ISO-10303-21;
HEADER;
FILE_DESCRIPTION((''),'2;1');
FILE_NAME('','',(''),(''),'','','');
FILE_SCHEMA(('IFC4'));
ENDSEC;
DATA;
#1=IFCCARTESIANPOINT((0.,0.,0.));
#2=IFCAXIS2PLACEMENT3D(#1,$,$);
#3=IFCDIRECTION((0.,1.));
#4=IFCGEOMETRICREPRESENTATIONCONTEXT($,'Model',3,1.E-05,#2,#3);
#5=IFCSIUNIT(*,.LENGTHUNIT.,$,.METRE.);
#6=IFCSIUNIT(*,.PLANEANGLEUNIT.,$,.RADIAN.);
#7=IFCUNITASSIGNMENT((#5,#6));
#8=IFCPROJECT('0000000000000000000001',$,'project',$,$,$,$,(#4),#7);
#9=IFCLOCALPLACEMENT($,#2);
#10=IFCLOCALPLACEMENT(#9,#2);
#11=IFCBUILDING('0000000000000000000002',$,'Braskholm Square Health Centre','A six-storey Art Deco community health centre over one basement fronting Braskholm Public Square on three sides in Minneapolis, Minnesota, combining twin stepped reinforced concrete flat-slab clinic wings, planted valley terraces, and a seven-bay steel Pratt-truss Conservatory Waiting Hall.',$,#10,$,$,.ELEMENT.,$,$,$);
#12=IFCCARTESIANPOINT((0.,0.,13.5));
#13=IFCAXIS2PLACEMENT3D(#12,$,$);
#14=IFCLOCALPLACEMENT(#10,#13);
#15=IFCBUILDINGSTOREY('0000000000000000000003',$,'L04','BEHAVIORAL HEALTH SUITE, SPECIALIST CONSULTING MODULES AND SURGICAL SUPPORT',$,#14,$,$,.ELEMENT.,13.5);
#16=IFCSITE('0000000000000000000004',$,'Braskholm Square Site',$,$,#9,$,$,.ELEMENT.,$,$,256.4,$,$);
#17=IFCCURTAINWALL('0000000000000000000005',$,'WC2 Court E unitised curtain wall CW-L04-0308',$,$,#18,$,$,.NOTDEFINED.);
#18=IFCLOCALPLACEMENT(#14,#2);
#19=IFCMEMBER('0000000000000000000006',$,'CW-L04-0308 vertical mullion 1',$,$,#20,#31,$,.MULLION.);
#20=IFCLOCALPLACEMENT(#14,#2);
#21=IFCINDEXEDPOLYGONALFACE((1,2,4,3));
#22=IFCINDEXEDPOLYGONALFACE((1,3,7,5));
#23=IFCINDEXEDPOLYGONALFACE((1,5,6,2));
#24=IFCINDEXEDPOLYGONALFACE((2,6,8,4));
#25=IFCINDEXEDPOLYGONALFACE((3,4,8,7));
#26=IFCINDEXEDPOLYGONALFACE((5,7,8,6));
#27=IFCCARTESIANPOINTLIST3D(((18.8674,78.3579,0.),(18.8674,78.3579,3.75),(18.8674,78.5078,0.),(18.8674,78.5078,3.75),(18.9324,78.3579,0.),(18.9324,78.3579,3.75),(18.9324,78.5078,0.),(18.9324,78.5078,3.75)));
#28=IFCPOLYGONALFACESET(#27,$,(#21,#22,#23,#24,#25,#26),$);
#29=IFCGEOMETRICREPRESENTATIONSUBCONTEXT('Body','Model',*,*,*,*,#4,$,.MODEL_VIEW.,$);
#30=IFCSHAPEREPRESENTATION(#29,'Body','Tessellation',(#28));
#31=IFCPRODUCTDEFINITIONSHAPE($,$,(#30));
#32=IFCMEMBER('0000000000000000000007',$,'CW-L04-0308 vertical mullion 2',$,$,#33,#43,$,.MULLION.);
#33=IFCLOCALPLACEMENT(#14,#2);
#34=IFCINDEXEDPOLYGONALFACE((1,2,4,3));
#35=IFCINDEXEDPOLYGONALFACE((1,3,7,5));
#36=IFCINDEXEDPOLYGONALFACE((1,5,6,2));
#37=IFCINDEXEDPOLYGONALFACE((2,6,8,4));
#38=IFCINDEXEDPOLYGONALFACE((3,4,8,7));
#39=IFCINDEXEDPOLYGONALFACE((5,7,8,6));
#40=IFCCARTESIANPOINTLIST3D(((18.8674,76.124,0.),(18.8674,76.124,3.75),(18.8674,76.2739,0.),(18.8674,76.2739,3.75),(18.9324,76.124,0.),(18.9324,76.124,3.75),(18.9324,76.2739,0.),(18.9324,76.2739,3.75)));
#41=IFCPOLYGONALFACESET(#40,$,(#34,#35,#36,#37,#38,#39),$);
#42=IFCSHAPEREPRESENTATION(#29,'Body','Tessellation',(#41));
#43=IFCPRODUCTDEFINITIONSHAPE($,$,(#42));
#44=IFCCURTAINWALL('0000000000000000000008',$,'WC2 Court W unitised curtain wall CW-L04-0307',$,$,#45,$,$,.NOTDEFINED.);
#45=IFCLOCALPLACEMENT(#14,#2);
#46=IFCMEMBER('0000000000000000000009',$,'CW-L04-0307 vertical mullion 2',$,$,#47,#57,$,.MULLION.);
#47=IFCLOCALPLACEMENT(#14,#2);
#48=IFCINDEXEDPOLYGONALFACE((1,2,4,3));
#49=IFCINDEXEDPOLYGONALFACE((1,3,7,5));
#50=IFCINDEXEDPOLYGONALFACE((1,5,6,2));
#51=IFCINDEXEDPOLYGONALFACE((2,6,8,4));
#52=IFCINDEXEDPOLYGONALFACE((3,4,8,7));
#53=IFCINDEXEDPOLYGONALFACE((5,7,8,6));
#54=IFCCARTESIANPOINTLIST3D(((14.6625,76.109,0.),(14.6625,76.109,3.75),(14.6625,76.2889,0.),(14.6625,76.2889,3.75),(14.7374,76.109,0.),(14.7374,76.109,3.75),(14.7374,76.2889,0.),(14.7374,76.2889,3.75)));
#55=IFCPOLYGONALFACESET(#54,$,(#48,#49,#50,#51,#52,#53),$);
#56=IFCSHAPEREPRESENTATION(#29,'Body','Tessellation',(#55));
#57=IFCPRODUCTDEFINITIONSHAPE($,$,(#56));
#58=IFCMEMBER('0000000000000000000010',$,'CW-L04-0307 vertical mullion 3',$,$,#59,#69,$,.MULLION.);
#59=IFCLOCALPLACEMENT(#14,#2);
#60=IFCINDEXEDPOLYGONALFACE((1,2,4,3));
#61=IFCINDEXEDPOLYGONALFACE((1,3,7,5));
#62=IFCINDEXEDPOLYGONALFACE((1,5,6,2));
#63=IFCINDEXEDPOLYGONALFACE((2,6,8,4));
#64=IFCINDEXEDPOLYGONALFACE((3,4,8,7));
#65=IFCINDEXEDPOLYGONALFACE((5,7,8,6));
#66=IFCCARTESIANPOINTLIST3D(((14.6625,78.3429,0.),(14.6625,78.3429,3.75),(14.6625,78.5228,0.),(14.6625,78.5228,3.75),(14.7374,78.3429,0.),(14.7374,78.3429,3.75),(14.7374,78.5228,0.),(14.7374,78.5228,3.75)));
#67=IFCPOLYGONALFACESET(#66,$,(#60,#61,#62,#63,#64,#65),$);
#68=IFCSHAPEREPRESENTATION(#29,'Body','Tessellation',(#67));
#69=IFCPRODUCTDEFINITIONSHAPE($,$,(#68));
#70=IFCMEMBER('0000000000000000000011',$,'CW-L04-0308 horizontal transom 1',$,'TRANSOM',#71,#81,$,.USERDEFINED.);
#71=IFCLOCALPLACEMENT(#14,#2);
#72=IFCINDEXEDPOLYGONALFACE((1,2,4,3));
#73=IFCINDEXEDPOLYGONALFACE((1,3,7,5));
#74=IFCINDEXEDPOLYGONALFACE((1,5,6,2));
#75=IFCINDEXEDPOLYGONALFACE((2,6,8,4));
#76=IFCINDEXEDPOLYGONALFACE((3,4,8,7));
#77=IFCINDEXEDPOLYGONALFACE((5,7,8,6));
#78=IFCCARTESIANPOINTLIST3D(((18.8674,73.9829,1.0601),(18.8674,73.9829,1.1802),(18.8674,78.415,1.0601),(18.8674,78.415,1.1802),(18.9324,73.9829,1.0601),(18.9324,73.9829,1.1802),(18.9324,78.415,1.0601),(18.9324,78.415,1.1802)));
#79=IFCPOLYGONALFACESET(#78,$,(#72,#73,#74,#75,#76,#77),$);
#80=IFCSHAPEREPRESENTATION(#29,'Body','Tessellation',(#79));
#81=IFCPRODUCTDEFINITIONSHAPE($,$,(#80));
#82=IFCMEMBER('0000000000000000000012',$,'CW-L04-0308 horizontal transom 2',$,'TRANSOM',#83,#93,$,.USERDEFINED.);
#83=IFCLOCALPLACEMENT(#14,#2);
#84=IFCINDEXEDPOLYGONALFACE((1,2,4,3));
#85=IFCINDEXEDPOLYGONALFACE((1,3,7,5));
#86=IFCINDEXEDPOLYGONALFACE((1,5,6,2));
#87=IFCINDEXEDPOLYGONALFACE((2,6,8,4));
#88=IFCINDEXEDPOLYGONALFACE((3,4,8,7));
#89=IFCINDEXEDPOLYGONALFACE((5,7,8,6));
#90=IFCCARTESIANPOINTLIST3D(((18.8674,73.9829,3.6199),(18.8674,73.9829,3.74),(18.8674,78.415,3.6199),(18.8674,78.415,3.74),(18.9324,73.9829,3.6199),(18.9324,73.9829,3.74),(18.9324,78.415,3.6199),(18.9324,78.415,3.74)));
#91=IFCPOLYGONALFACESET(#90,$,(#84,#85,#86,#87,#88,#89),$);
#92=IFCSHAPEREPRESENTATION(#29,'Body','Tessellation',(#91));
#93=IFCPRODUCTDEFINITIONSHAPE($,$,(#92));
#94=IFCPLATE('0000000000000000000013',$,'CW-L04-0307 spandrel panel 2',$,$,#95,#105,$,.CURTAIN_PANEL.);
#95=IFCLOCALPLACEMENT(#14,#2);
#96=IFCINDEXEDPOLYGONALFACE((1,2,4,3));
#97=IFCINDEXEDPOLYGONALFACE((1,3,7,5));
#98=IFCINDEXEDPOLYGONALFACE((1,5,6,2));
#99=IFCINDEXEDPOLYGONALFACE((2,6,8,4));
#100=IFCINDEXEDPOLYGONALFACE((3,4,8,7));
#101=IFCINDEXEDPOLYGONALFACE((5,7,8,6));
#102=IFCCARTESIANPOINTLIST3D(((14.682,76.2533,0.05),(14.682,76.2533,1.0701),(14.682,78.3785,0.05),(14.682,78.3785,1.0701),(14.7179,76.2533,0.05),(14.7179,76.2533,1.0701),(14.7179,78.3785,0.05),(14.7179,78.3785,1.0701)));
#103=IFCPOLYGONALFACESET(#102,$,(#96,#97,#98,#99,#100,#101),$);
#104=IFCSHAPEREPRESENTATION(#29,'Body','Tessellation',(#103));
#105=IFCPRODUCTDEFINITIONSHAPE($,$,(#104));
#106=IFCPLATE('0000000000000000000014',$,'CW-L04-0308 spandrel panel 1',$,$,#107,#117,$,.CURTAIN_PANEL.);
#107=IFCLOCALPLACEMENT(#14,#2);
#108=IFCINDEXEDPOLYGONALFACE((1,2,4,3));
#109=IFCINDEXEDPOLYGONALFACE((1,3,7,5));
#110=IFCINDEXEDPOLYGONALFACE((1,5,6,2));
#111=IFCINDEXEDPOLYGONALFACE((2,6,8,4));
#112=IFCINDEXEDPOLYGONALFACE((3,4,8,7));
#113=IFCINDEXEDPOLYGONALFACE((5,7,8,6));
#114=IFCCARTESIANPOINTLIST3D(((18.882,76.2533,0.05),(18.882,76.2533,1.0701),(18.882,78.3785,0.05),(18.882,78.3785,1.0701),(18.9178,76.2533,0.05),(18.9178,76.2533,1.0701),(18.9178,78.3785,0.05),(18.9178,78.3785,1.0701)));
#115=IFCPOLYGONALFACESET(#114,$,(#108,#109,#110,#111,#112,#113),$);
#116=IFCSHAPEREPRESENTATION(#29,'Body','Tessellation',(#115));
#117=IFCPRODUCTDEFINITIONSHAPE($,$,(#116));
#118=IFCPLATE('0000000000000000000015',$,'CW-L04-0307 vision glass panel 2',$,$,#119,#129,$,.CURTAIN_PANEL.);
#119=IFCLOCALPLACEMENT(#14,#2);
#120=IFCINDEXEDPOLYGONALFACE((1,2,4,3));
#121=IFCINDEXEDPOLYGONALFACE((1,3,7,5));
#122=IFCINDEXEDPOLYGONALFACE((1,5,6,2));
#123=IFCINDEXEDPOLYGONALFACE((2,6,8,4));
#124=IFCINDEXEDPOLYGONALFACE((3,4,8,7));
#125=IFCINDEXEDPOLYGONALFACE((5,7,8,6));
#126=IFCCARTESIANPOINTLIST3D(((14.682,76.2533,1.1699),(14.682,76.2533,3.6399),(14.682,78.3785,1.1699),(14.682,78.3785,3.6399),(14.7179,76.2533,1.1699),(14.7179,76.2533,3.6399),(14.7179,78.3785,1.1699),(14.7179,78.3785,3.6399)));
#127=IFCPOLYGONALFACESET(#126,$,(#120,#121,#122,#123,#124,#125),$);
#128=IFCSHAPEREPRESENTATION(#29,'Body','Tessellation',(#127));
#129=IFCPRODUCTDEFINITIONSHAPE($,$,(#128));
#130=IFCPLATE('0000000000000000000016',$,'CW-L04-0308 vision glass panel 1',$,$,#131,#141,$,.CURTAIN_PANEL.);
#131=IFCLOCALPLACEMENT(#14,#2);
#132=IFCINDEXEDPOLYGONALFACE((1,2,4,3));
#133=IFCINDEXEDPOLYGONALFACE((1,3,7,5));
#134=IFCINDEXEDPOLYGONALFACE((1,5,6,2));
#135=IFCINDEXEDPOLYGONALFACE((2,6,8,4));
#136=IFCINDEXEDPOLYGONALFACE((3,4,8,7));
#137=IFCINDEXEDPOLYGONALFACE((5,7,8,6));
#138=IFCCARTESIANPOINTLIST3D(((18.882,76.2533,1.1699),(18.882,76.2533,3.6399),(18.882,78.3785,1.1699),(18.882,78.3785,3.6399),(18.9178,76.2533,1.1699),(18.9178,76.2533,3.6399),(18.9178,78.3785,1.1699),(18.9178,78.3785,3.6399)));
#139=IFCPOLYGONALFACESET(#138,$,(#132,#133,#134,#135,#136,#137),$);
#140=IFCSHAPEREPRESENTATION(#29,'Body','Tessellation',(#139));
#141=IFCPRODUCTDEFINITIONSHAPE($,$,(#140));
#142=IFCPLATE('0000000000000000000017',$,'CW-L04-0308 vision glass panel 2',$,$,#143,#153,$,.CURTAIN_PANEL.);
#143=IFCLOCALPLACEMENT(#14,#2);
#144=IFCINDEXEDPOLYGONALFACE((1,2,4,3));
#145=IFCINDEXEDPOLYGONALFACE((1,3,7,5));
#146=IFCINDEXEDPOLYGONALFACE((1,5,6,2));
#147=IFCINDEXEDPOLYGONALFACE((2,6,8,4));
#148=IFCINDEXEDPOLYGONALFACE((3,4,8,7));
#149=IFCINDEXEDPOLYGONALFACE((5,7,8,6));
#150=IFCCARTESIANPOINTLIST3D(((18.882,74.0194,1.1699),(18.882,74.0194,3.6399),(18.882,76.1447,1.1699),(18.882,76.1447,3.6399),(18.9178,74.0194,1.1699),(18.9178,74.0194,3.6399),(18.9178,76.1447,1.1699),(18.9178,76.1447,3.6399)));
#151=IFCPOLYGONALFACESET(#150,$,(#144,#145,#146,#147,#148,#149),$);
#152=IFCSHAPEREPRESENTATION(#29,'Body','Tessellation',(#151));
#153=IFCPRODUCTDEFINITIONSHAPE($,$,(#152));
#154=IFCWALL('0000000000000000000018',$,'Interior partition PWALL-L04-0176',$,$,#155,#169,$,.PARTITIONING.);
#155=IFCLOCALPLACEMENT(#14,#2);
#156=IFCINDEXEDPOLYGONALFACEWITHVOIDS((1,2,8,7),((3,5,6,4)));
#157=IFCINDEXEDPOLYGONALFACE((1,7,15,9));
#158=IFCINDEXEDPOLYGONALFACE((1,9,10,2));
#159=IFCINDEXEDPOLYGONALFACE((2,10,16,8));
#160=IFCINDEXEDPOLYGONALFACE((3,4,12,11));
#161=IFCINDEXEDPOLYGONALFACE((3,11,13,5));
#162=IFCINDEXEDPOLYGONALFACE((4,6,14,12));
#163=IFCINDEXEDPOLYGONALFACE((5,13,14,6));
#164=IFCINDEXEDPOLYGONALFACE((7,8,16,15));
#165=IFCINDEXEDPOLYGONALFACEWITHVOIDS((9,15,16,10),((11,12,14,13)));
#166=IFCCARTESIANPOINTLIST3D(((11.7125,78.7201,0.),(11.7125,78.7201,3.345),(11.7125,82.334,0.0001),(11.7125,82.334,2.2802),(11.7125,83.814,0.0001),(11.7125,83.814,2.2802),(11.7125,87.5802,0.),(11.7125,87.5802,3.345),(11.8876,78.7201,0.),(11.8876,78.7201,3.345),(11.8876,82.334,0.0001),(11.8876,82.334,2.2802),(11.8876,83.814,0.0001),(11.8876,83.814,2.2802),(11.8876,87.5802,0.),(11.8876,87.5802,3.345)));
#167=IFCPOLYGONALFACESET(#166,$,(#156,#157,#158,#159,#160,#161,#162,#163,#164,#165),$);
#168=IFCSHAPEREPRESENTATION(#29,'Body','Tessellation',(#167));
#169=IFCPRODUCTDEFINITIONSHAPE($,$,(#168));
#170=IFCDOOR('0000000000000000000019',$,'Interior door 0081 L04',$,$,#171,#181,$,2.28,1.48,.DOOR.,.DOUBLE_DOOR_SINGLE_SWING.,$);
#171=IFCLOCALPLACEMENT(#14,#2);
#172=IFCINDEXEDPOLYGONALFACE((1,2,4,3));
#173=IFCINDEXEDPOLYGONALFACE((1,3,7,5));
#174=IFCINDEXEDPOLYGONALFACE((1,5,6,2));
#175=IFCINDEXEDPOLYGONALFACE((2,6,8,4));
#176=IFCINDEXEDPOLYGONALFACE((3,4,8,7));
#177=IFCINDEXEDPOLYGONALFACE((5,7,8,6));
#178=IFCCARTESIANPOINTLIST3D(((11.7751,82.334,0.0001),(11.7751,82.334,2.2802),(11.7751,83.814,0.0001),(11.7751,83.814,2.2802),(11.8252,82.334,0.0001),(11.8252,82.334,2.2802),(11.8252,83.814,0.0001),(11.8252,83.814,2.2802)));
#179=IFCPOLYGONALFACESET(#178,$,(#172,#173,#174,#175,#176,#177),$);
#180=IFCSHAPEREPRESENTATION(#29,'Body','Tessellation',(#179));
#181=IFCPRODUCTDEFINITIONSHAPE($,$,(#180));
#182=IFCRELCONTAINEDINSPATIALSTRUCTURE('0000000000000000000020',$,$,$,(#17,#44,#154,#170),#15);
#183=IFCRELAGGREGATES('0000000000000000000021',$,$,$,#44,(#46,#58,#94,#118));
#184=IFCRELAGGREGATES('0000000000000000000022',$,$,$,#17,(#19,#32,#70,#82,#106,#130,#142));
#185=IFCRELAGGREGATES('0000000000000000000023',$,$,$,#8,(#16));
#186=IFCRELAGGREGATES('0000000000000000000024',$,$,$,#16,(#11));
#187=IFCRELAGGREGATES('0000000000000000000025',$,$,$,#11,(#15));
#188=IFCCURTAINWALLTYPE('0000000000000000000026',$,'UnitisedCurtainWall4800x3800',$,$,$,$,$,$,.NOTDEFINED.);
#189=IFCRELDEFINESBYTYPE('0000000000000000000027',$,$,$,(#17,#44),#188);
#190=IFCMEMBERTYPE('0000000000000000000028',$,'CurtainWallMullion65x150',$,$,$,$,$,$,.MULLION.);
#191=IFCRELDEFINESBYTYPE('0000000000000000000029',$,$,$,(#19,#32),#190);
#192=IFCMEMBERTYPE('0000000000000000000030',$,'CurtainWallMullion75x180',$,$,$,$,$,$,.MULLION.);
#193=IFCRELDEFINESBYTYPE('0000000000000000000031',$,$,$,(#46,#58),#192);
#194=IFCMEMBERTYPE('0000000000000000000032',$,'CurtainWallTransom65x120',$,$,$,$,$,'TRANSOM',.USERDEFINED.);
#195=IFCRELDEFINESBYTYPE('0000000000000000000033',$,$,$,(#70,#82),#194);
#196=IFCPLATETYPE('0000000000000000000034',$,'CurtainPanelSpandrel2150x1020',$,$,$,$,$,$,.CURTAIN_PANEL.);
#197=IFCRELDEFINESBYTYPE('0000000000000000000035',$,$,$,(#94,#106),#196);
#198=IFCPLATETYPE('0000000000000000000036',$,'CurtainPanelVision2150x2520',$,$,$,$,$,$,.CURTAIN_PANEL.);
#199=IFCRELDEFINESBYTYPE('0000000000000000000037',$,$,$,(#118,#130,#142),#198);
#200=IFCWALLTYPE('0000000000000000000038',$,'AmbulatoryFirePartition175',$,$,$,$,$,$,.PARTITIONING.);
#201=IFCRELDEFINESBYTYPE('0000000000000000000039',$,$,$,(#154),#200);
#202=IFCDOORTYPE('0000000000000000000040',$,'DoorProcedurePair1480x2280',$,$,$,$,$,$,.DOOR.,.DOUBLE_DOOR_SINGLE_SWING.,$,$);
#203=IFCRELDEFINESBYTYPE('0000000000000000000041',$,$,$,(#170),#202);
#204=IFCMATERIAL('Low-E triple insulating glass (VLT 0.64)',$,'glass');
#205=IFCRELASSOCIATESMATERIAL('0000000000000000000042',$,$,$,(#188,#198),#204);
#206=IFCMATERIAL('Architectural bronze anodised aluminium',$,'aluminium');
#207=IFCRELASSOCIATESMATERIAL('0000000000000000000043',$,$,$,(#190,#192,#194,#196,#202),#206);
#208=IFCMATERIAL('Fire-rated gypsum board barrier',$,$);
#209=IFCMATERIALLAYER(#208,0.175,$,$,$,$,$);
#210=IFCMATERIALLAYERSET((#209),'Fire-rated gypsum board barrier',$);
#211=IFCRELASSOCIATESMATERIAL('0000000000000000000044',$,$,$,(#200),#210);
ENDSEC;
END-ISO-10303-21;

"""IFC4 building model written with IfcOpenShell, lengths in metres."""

from ifc_helpers import new_model, si_unit, direction, frame, frame_2d, origin, origin_with_axes, origin_2d, place, context, subcontext, project, spatial, rectangle, extrude, material, layer, layer_set, material_profile, profile_set, type_object, element, fill, aggregate, save


model = new_model("IFC4")

# Units and contexts
model_context = context("Model", 3, precision=1e-05, world=origin(), true_north=direction((0.0, 1.0)))
body_context = subcontext(model_context, "Body", "Model", "MODEL_VIEW")
ifc_project = project(units=[si_unit("LENGTHUNIT", "METRE"), si_unit("PLANEANGLEUNIT", "RADIAN")], contexts=[model_context])

# Site, building, storey
site_placement = place(None, origin())
site = spatial("IfcSite", under=ifc_project, at=site_placement, Name="Braskholm Square Site", CompositionType="ELEMENT", RefElevation=256.4)
building_placement = place(site_placement, origin())
building = spatial("IfcBuilding", under=site, at=building_placement, Name="Braskholm Square Health Centre", Description="A six-storey Art Deco community health centre over one basement fronting Braskholm Public Square on three sides in Minneapolis, Minnesota, combining twin stepped reinforced concrete flat-slab clinic wings, planted valley terraces, and a seven-bay steel Pratt-truss Conservatory Waiting Hall.", CompositionType="ELEMENT")
storey_placement = place(building_placement, frame((0.0, 0.0, 13.5)))
storey = spatial("IfcBuildingStorey", under=building, at=storey_placement, Name="L04", Description="BEHAVIORAL HEALTH SUITE, SPECIALIST CONSULTING MODULES AND SURGICAL SUPPORT", CompositionType="ELEMENT", Elevation=13.5)

# Curtain walls, members
ifc_material_1 = material(Name="Low-E triple insulating glass (VLT 0.64)", Category="glass")
curtain_wall_type = type_object("IfcCurtainWallType", Name="UnitisedCurtainWall4800x3800", PredefinedType="NOTDEFINED", material=ifc_material_1)
curtain_wall_1_placement = place(storey_placement, origin())
curtain_wall_1 = element("IfcCurtainWall", 1, at=curtain_wall_1_placement, inside=storey, type_object=curtain_wall_type, Name="WC2 Court E unitised curtain wall CW-L04-0308", PredefinedType="NOTDEFINED")
ifc_material_2 = material(Name="Architectural bronze anodised aluminium", Category="aluminium")
ifc_material_profile_1 = material_profile(ifc_material_2, rectangle(XDim=0.0649, YDim=0.1499, at=origin_2d()), Name="ALU-65X150")
ifc_profile_set_1 = profile_set([ifc_material_profile_1], Name="Architectural bronze anodised aluminium")
member_type_1 = type_object("IfcMemberType", Name="CurtainWallMullion65x150", PredefinedType="MULLION", material=ifc_profile_set_1)
member_1_placement = place(storey_placement, frame((18.8999, 78.4329, 0.0), z_axis=(0.0, 0.0, 1.0), x_axis=(1.0, 0.0, 0.0)))
member_1 = element("IfcMember", 2, at=member_1_placement, type_object=member_type_1, Name="CW-L04-0308 vertical mullion 1", PredefinedType="MULLION", context=body_context, shape_type="SweptSolid", body=[
    extrude(rectangle(XDim=0.0649, YDim=0.1499, at=origin_2d()), origin(), (0.0, 0.0, 1.0), 3.75),
])
member_2_placement = place(storey_placement, frame((18.8999, 76.199, 0.0), z_axis=(0.0, 0.0, 1.0), x_axis=(1.0, 0.0, 0.0)))
member_2 = element("IfcMember", 3, at=member_2_placement, type_object=member_type_1, Name="CW-L04-0308 vertical mullion 2", PredefinedType="MULLION", context=body_context, shape_type="SweptSolid", body=[
    extrude(rectangle(XDim=0.0649, YDim=0.1499, at=origin_2d()), origin(), (0.0, 0.0, 1.0), 3.75),
])
curtain_wall_2_placement = place(storey_placement, origin())
curtain_wall_2 = element("IfcCurtainWall", 4, at=curtain_wall_2_placement, inside=storey, type_object=curtain_wall_type, Name="WC2 Court W unitised curtain wall CW-L04-0307", PredefinedType="NOTDEFINED")
ifc_material_profile_2 = material_profile(ifc_material_2, rectangle(XDim=0.075, YDim=0.1799, at=origin_2d()), Name="ALU-75X180")
ifc_profile_set_2 = profile_set([ifc_material_profile_2], Name="Architectural bronze anodised aluminium")
member_type_2 = type_object("IfcMemberType", Name="CurtainWallMullion75x180", PredefinedType="MULLION", material=ifc_profile_set_2)
member_3_placement = place(storey_placement, frame((14.7, 76.199, 0.0), z_axis=(0.0, 0.0, 1.0), x_axis=(1.0, 0.0, 0.0)))
member_3 = element("IfcMember", 5, at=member_3_placement, type_object=member_type_2, Name="CW-L04-0307 vertical mullion 2", PredefinedType="MULLION", context=body_context, shape_type="SweptSolid", body=[
    extrude(rectangle(XDim=0.075, YDim=0.1799, at=origin_2d()), origin(), (0.0, 0.0, 1.0), 3.75),
])
member_4_placement = place(storey_placement, frame((14.7, 78.4329, 0.0), z_axis=(0.0, 0.0, 1.0), x_axis=(1.0, 0.0, 0.0)))
member_4 = element("IfcMember", 6, at=member_4_placement, type_object=member_type_2, Name="CW-L04-0307 vertical mullion 3", PredefinedType="MULLION", context=body_context, shape_type="SweptSolid", body=[
    extrude(rectangle(XDim=0.075, YDim=0.1799, at=origin_2d()), origin(), (0.0, 0.0, 1.0), 3.75),
])

# Members
ifc_material_profile_3 = material_profile(ifc_material_2, rectangle(XDim=0.0649, YDim=0.1201, at=origin_2d()), Name="ALU-65X120")
ifc_profile_set_3 = profile_set([ifc_material_profile_3], Name="Architectural bronze anodised aluminium")
member_type_3 = type_object("IfcMemberType", Name="CurtainWallTransom65x120", ElementType="TRANSOM", PredefinedType="USERDEFINED", material=ifc_profile_set_3)
member_5_placement = place(storey_placement, frame((18.8999, 78.415, 1.1201), z_axis=(0.0, -1.0, 0.0), x_axis=(1.0, 0.0, 0.0)))
member_5 = element("IfcMember", 7, at=member_5_placement, type_object=member_type_3, Name="CW-L04-0308 horizontal transom 1", ObjectType="TRANSOM", PredefinedType="USERDEFINED", context=body_context, shape_type="SweptSolid", body=[
    extrude(rectangle(XDim=0.0649, YDim=0.1201, at=origin_2d()), origin(), (0.0, 0.0, 1.0), 4.4321),
])
member_6_placement = place(storey_placement, frame((18.8999, 78.415, 3.6799), z_axis=(0.0, -1.0, 0.0), x_axis=(1.0, 0.0, 0.0)))
member_6 = element("IfcMember", 8, at=member_6_placement, type_object=member_type_3, Name="CW-L04-0308 horizontal transom 2", ObjectType="TRANSOM", PredefinedType="USERDEFINED", context=body_context, shape_type="SweptSolid", body=[
    extrude(rectangle(XDim=0.0649, YDim=0.1201, at=origin_2d()), origin(), (0.0, 0.0, 1.0), 4.4321),
])

# Plates
plate_type_1 = type_object("IfcPlateType", Name="CurtainPanelSpandrel2150x1020", PredefinedType="CURTAIN_PANEL", material=ifc_material_2)
plate_1_placement = place(storey_placement, frame((14.7, 77.3159, 0.05), z_axis=(0.0, 0.0, 1.0), x_axis=(0.0, 1.0, 0.0)))
plate_1 = element("IfcPlate", 9, at=plate_1_placement, type_object=plate_type_1, Name="CW-L04-0307 spandrel panel 2", PredefinedType="CURTAIN_PANEL", context=body_context, shape_type="SweptSolid", body=[
    extrude(rectangle(XDim=2.1252, YDim=0.0359, at=origin_2d()), origin(), (0.0, 0.0, 1.0), 1.02),
])
plate_2_placement = place(storey_placement, frame((18.8999, 77.3159, 0.05), z_axis=(0.0, 0.0, 1.0), x_axis=(0.0, -1.0, 0.0)))
plate_2 = element("IfcPlate", 10, at=plate_2_placement, type_object=plate_type_1, Name="CW-L04-0308 spandrel panel 1", PredefinedType="CURTAIN_PANEL", context=body_context, shape_type="SweptSolid", body=[
    extrude(rectangle(XDim=2.1252, YDim=0.0359, at=origin_2d()), origin(), (0.0, 0.0, 1.0), 1.02),
])
plate_type_2 = type_object("IfcPlateType", Name="CurtainPanelVision2150x2520", PredefinedType="CURTAIN_PANEL", material=ifc_material_1)
plate_3_placement = place(storey_placement, frame((14.7, 77.3159, 1.1699), z_axis=(0.0, 0.0, 1.0), x_axis=(0.0, 1.0, 0.0)))
plate_3 = element("IfcPlate", 11, at=plate_3_placement, type_object=plate_type_2, Name="CW-L04-0307 vision glass panel 2", PredefinedType="CURTAIN_PANEL", context=body_context, shape_type="SweptSolid", body=[
    extrude(rectangle(XDim=2.1252, YDim=0.0359, at=origin_2d()), origin(), (0.0, 0.0, 1.0), 2.47),
])
aggregate(curtain_wall_2, [member_3, member_4, plate_1, plate_3])
plate_4_placement = place(storey_placement, frame((18.8999, 77.3159, 1.1699), z_axis=(0.0, 0.0, 1.0), x_axis=(0.0, -1.0, 0.0)))
plate_4 = element("IfcPlate", 12, at=plate_4_placement, type_object=plate_type_2, Name="CW-L04-0308 vision glass panel 1", PredefinedType="CURTAIN_PANEL", context=body_context, shape_type="SweptSolid", body=[
    extrude(rectangle(XDim=2.1252, YDim=0.0359, at=origin_2d()), origin(), (0.0, 0.0, 1.0), 2.47),
])
plate_5_placement = place(storey_placement, frame((18.8999, 75.082, 1.1699), z_axis=(0.0, 0.0, 1.0), x_axis=(0.0, -1.0, 0.0)))
plate_5 = element("IfcPlate", 13, at=plate_5_placement, type_object=plate_type_2, Name="CW-L04-0308 vision glass panel 2", PredefinedType="CURTAIN_PANEL", context=body_context, shape_type="SweptSolid", body=[
    extrude(rectangle(XDim=2.1252, YDim=0.0359, at=origin_2d()), origin(), (0.0, 0.0, 1.0), 2.47),
])
aggregate(curtain_wall_1, [member_1, member_2, member_5, member_6, plate_2, plate_4, plate_5])

# Wall, opening, door
ifc_material_3 = material(Name="Fire-rated gypsum board barrier")
ifc_layer_1 = layer(ifc_material_3, 0.175)
ifc_layer_set_1 = layer_set([ifc_layer_1], Name="Fire-rated gypsum board barrier")
wall_type_1 = type_object("IfcWallType", Name="AmbulatoryFirePartition175", PredefinedType="PARTITIONING", material=ifc_layer_set_1)
wall_1_placement = place(storey_placement, frame((11.8, 78.72, 0.0), z_axis=(0.0, 0.0, 1.0), x_axis=(0.0, 1.0, 0.0)))
wall_1 = element("IfcWall", 14, at=wall_1_placement, inside=storey, type_object=wall_type_1, Name="Interior partition PWALL-L04-0176", PredefinedType="PARTITIONING", context=body_context, shape_type="SweptSolid", body=[
    extrude(rectangle(XDim=8.8601, YDim=0.175, at=frame_2d((4.4302, 0.0))), origin(), (0.0, 0.0, 1.0), 3.345),
])
opening_1_placement = place(wall_1_placement, frame((3.614, 0.0, 0.0)))
opening_1 = element("IfcOpeningElement", 15, at=opening_1_placement, cuts=wall_1, PredefinedType="OPENING", context=body_context, shape_type="SweptSolid", body=[
    extrude(rectangle(XDim=1.48, YDim=2.28, at=frame_2d((0.74, 1.1401))), frame((0.0, 0.0977, 0.0), z_axis=(0.0, -1.0, 0.0), x_axis=(1.0, 0.0, 0.0)), (0.0, 0.0, 1.0), 0.1951),
])
door_type_1 = type_object("IfcDoorType", Name="DoorProcedurePair1480x2280", OperationType="DOUBLE_DOOR_SINGLE_SWING", PredefinedType="DOOR", material=ifc_material_2)
door_1_placement = place(opening_1_placement, origin_with_axes())
door_1 = element("IfcDoor", 16, at=door_1_placement, inside=storey, type_object=door_type_1, Name="Interior door 0081 L04", OperationType="DOUBLE_DOOR_SINGLE_SWING", OverallHeight=2.28, OverallWidth=1.48, PredefinedType="DOOR", context=body_context, shape_type="SweptSolid", body=[
    extrude(rectangle(XDim=1.48, YDim=2.28, at=frame_2d((0.74, 1.1401))), frame((0.0, 0.0249, 0.0), z_axis=(0.0, -1.0, 0.0), x_axis=(1.0, 0.0, 0.0)), (0.0, 0.0, 1.0), 0.05),
])
fill(opening_1, door_1)

save(model, "model.ifc")
